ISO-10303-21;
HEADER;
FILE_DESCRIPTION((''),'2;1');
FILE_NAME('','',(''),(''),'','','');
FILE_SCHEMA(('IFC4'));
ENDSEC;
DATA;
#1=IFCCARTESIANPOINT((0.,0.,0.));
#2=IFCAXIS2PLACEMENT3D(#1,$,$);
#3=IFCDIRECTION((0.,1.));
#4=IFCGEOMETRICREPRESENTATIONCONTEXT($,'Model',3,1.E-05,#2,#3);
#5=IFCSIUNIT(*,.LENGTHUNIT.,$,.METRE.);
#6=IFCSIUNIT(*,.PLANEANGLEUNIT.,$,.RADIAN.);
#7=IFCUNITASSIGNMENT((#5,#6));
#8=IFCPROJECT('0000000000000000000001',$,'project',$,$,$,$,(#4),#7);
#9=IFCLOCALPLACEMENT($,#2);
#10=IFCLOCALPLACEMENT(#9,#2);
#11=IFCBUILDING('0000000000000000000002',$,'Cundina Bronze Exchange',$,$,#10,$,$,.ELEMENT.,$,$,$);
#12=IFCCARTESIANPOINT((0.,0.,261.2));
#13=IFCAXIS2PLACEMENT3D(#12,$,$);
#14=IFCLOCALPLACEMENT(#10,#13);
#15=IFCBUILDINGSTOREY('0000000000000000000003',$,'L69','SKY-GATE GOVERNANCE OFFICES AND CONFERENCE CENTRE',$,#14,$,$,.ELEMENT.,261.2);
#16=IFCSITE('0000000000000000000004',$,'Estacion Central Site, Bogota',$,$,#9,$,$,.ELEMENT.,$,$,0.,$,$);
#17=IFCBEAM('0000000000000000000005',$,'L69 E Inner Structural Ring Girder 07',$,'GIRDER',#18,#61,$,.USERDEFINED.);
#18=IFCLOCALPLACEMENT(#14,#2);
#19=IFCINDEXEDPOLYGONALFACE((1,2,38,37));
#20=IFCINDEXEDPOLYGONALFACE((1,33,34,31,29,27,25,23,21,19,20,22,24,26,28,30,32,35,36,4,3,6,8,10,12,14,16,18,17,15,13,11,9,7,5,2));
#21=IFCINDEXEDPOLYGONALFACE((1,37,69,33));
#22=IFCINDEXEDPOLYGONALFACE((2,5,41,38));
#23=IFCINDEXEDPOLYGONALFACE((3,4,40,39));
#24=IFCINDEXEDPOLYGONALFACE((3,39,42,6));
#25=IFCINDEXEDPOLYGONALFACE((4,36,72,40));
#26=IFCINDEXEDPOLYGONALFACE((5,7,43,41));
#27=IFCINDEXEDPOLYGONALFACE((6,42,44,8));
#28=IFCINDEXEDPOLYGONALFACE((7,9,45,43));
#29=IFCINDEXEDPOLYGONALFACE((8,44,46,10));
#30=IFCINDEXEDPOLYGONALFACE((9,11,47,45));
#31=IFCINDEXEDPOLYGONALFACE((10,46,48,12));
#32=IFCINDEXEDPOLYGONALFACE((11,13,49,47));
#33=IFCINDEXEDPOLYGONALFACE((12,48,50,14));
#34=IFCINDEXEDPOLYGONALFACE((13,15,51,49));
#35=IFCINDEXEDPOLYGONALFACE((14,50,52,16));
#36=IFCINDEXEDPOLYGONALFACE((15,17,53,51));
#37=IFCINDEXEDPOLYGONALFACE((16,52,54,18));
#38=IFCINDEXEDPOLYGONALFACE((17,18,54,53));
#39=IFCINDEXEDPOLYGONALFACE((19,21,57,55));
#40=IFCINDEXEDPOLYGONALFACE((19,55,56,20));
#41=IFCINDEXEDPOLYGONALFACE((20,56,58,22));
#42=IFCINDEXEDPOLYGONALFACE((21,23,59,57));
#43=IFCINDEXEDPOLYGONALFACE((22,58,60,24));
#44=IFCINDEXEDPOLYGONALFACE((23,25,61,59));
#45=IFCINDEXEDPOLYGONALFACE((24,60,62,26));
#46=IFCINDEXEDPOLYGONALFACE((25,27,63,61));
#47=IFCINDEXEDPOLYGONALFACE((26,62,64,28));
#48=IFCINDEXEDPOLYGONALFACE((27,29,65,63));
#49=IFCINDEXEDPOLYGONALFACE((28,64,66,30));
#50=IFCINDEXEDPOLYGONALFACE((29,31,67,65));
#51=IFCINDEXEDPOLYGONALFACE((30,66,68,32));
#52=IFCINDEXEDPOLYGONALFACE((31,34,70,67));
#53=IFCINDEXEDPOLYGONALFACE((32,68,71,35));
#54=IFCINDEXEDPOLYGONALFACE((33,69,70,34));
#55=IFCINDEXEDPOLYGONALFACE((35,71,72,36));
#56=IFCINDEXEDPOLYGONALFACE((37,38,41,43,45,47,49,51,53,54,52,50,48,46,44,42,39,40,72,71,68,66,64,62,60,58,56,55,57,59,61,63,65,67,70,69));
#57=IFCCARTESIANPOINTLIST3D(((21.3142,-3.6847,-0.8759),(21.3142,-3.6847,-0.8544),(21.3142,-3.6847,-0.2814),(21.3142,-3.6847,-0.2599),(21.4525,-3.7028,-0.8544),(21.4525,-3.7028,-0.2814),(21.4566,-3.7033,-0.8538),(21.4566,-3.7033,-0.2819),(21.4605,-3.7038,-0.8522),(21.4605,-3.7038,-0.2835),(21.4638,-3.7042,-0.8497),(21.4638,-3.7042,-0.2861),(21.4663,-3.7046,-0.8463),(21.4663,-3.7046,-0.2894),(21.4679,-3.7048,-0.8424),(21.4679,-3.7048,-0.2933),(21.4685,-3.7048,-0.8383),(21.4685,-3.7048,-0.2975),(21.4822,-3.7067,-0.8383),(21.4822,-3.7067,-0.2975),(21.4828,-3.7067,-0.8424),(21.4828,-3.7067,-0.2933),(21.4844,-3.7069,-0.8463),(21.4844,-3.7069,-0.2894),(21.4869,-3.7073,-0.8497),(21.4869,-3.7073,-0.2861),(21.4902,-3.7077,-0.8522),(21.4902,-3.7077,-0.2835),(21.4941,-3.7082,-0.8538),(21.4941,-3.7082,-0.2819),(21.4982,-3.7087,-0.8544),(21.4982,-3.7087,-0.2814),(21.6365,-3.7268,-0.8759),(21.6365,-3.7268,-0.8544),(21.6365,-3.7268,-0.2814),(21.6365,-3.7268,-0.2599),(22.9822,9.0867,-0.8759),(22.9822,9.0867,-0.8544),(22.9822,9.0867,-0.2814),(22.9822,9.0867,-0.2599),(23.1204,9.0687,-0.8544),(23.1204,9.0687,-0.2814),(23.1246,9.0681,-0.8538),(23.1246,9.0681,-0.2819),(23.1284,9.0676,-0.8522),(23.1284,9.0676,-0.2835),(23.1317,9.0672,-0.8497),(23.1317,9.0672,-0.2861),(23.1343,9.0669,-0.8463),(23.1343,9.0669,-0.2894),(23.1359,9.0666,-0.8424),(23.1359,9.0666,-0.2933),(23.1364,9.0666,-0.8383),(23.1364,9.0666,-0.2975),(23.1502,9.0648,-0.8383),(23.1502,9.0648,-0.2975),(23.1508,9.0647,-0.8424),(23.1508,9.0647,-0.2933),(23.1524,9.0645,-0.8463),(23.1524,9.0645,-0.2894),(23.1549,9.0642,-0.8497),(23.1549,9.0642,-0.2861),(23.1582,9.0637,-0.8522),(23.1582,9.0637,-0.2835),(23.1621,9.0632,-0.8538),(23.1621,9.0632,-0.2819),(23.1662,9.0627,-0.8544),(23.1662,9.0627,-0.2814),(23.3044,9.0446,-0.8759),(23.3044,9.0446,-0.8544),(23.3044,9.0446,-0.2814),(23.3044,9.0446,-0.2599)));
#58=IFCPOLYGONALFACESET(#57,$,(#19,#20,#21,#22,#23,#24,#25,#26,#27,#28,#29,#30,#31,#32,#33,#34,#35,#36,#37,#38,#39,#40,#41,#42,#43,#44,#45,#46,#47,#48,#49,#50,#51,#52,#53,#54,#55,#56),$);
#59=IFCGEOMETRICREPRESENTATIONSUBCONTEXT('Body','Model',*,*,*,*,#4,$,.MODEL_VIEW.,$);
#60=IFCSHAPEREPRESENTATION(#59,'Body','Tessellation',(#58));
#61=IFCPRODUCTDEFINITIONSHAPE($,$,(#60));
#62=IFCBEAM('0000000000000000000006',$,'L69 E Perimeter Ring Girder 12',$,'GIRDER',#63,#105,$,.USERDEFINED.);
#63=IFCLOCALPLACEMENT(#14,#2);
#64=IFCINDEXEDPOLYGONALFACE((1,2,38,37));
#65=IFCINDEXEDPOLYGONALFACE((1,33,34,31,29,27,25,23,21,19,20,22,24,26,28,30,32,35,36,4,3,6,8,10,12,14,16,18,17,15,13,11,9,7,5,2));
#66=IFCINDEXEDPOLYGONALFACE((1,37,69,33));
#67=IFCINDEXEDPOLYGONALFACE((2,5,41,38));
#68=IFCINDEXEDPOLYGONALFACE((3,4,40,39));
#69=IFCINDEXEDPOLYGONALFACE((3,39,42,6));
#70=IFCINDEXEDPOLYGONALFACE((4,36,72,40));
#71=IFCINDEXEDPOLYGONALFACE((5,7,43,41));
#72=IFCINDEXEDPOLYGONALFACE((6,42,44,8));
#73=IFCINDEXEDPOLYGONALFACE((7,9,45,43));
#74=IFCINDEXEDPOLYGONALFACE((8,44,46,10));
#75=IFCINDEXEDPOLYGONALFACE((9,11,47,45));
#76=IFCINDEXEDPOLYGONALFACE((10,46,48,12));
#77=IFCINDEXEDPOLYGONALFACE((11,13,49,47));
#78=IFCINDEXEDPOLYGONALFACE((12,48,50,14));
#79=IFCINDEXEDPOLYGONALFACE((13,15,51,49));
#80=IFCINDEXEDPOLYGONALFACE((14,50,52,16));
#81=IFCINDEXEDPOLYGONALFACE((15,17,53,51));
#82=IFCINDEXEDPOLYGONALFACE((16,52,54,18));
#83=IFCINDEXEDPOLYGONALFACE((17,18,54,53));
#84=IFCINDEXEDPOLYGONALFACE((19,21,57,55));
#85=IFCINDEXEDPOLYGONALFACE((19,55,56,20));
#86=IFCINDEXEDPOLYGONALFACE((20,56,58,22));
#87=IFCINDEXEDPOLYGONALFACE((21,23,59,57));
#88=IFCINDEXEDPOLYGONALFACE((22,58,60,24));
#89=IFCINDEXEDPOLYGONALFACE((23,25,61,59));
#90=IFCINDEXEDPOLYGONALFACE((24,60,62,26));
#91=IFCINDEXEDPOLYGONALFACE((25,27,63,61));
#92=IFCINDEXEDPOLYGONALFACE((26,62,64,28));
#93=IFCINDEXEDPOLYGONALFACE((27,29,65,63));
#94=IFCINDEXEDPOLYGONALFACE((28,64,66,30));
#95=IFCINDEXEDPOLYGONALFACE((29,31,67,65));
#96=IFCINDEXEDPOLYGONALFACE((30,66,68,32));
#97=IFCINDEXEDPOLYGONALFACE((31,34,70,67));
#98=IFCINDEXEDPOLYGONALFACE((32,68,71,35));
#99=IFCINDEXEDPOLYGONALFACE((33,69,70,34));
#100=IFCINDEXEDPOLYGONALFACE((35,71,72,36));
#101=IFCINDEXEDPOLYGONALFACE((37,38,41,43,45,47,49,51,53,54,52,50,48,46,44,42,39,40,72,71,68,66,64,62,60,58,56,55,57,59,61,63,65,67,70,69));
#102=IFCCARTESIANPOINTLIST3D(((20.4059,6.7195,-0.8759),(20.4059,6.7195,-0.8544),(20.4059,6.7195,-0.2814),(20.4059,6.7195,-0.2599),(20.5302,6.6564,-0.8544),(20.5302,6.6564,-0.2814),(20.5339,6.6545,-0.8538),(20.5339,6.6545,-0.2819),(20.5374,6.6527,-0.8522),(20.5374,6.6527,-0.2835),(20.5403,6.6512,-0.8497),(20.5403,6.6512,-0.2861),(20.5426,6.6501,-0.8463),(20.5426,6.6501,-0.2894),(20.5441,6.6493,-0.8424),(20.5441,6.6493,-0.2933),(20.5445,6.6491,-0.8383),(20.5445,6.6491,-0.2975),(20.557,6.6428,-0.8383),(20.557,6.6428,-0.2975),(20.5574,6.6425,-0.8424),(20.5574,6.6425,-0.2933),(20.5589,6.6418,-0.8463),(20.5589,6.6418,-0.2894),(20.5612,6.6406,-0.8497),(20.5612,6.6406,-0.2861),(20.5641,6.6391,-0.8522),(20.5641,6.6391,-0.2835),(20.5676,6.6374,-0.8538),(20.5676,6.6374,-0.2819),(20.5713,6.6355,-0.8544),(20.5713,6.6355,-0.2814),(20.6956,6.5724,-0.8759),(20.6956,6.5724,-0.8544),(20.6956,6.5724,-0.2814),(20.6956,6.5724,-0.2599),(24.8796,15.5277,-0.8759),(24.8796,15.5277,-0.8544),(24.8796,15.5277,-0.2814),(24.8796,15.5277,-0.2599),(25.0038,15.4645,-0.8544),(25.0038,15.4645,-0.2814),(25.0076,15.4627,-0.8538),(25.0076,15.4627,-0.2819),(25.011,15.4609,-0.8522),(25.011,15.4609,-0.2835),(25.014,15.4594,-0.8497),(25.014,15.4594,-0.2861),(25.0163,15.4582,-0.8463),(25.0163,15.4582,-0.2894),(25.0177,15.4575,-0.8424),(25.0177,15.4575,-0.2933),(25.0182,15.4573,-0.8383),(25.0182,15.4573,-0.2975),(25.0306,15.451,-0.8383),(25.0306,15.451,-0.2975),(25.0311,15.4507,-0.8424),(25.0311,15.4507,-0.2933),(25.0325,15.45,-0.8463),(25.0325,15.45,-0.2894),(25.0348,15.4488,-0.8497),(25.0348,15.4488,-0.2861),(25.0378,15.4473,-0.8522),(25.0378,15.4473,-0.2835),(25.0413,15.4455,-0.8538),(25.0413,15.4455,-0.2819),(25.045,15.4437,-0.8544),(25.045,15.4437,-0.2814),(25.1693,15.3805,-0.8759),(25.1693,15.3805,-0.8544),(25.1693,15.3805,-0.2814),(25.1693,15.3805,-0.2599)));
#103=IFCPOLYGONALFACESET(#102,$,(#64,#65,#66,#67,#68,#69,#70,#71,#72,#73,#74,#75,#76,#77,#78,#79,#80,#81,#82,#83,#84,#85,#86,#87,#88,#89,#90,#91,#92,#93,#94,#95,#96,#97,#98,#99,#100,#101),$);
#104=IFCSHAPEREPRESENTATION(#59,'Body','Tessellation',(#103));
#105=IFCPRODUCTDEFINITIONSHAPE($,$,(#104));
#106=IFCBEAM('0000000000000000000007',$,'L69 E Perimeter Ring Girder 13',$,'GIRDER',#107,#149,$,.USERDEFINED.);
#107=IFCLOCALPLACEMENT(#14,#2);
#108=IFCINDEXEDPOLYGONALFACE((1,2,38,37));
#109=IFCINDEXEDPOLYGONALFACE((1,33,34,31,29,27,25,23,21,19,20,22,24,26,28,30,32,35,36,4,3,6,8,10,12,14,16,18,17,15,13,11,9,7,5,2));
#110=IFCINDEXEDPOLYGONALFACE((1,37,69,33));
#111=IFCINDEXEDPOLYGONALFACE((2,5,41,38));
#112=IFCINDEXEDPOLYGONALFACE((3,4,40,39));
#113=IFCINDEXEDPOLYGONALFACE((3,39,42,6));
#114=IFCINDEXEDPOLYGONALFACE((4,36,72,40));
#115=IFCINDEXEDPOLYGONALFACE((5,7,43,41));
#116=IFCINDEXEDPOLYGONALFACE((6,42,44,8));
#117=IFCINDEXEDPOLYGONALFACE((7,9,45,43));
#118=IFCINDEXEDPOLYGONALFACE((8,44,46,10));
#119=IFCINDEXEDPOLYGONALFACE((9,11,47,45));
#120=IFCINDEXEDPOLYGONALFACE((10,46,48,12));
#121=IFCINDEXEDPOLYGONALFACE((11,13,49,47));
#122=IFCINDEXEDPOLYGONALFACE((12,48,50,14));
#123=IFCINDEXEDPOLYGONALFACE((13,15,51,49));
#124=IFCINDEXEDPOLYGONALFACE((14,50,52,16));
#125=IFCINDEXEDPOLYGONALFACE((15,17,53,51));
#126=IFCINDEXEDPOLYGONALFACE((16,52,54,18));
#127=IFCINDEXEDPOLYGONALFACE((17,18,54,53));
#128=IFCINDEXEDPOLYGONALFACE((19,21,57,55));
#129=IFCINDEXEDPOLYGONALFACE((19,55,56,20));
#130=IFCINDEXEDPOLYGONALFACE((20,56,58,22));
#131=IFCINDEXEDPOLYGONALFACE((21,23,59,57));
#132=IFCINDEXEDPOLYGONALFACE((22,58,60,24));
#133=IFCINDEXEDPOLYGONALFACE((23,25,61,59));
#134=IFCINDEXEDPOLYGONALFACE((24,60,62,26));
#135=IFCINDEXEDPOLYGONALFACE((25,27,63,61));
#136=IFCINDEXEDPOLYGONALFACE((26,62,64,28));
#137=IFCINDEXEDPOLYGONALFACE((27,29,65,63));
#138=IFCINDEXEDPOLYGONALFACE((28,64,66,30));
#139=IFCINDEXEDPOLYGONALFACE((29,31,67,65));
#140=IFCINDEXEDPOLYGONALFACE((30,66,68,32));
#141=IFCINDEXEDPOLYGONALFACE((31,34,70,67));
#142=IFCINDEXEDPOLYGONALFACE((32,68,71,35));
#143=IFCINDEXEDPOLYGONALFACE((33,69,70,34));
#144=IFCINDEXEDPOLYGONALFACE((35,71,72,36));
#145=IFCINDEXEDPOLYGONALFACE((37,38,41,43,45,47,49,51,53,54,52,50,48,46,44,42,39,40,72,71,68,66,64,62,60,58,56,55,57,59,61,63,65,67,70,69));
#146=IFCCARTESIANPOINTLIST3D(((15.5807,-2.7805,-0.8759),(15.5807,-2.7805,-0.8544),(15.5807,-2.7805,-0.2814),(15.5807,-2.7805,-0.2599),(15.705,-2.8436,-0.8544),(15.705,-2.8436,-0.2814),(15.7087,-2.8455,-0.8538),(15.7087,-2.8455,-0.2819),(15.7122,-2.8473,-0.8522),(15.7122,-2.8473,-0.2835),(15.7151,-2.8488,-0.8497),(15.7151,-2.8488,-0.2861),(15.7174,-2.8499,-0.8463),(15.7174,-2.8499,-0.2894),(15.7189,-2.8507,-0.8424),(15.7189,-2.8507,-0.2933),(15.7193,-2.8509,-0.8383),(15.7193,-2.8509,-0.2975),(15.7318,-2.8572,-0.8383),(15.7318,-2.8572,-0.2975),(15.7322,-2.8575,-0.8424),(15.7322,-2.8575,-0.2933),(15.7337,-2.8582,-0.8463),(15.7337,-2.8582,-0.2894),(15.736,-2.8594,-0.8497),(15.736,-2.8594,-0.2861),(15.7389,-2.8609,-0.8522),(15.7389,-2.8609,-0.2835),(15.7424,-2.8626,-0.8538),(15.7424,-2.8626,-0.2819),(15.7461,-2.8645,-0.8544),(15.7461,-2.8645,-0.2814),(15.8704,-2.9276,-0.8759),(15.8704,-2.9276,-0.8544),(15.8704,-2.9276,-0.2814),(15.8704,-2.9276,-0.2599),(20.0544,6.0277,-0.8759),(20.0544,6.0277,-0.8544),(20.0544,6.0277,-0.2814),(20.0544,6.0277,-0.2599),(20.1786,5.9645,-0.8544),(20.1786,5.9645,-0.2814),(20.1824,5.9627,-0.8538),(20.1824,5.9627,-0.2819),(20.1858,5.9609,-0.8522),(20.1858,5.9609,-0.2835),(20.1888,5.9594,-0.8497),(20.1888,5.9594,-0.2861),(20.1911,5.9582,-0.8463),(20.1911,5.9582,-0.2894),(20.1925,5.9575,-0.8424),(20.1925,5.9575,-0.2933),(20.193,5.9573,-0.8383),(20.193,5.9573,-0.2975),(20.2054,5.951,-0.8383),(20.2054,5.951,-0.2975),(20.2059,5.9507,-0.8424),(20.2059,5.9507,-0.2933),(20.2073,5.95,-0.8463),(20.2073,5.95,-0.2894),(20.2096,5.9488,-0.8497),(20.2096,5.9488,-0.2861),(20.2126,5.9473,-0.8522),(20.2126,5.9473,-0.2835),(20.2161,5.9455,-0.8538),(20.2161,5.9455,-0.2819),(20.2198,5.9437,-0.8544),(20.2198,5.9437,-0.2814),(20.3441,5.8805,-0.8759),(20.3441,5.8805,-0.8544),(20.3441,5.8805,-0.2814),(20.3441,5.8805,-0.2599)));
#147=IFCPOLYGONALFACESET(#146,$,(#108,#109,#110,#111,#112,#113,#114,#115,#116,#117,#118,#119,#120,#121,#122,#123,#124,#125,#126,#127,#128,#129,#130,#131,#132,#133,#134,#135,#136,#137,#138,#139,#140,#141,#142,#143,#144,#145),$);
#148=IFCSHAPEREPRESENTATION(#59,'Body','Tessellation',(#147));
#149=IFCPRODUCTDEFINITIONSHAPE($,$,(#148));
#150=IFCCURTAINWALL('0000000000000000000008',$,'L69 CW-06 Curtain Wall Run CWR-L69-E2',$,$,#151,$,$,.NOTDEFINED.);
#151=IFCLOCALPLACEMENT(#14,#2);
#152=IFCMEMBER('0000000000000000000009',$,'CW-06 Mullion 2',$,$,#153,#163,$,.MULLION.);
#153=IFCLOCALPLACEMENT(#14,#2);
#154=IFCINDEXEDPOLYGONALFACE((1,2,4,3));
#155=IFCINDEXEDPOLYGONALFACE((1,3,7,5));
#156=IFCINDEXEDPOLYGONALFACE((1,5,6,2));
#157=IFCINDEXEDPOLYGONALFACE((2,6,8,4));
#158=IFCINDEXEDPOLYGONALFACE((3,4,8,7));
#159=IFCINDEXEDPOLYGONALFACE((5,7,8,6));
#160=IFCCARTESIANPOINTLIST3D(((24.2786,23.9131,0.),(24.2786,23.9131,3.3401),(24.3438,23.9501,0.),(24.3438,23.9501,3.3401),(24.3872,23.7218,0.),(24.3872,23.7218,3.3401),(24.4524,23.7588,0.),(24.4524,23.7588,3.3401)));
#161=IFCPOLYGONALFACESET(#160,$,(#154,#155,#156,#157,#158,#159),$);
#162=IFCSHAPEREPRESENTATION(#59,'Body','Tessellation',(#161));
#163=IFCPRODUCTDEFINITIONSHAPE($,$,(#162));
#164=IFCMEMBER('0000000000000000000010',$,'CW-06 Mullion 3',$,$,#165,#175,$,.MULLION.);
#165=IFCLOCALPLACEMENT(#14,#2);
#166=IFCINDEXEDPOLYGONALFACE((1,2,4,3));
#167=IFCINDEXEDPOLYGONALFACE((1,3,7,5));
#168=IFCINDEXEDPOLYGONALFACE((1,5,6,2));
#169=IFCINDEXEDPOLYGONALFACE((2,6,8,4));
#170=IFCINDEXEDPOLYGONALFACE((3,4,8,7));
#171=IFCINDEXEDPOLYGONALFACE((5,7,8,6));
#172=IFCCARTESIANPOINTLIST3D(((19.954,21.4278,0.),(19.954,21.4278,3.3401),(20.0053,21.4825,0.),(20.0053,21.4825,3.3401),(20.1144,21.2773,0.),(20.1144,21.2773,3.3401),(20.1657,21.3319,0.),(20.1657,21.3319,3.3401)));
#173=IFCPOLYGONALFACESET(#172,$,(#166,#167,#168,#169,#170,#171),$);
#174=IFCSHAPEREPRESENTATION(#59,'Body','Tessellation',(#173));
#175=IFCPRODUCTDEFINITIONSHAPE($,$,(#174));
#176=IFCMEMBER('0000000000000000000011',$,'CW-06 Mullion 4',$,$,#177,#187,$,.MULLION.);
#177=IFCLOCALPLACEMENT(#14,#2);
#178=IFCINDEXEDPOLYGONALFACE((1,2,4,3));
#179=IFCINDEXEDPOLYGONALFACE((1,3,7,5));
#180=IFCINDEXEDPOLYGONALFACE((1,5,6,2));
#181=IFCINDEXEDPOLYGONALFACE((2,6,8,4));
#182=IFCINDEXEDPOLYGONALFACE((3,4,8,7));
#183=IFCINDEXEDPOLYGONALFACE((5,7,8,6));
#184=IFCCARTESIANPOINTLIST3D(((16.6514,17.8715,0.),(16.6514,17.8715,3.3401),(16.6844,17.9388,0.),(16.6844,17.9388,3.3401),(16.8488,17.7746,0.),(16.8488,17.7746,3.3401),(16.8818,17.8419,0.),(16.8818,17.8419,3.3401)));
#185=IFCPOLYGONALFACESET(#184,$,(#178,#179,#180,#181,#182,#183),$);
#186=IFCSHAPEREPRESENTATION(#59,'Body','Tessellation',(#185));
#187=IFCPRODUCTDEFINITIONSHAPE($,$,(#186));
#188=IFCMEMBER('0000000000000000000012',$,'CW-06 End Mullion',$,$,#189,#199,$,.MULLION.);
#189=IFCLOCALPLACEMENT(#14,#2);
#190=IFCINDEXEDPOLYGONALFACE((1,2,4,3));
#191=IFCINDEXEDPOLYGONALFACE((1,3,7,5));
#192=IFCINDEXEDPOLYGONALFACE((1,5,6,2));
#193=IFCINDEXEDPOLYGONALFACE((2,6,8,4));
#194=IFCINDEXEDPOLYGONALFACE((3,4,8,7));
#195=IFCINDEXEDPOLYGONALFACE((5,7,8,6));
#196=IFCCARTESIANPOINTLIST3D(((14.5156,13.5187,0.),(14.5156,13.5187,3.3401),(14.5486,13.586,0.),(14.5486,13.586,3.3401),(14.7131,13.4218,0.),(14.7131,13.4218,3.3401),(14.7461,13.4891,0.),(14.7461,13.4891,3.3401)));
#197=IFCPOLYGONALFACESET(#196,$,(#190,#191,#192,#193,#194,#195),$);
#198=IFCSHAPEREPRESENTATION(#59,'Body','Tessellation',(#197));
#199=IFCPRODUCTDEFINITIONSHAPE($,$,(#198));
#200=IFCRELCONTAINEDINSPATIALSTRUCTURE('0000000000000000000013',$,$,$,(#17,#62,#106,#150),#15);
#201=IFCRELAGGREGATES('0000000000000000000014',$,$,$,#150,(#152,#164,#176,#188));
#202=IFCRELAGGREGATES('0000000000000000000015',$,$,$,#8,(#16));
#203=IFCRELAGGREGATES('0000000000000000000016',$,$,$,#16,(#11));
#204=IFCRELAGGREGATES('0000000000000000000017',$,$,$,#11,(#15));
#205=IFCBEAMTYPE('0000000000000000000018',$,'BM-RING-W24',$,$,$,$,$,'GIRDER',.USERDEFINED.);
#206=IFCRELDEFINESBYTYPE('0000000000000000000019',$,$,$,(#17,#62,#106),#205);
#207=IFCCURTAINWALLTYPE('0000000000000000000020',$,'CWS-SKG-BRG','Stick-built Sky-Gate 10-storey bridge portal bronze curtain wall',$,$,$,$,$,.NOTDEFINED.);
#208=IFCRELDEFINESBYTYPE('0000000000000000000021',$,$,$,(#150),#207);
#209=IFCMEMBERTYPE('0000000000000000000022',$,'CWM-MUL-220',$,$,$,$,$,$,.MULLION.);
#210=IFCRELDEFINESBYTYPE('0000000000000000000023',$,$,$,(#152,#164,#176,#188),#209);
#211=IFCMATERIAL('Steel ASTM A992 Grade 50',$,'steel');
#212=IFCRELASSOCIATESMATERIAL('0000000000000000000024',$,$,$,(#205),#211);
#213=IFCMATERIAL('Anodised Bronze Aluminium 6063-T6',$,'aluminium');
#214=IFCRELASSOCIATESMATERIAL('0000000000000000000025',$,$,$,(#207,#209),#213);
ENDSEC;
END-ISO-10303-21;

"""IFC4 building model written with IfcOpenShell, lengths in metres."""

from ifc_helpers import new_model, si_unit, direction, frame, origin, origin_2d, place, context, subcontext, project, spatial, rectangle, i_section, extrude, material, material_profile, profile_set, type_object, element, aggregate, save


model = new_model("IFC4")

# Units and contexts
model_context = context("Model", 3, precision=1e-05, world=origin(), true_north=direction((0.0, 1.0)))
body_context = subcontext(model_context, "Body", "Model", "MODEL_VIEW")
ifc_project = project(units=[si_unit("LENGTHUNIT", "METRE"), si_unit("PLANEANGLEUNIT", "RADIAN")], contexts=[model_context])

# Site, building, storey
site_placement = place(None, origin())
site = spatial("IfcSite", under=ifc_project, at=site_placement, Name="Estacion Central Site, Bogota", CompositionType="ELEMENT", RefElevation=0.0)
building_placement = place(site_placement, origin())
building = spatial("IfcBuilding", under=site, at=building_placement, Name="Cundina Bronze Exchange", CompositionType="ELEMENT")
storey_placement = place(building_placement, frame((0.0, 0.0, 261.2)))
storey = spatial("IfcBuildingStorey", under=building, at=storey_placement, Name="L69", Description="SKY-GATE GOVERNANCE OFFICES AND CONFERENCE CENTRE", CompositionType="ELEMENT", Elevation=261.2)

# Beams
ifc_material_1 = material(Name="Steel ASTM A992 Grade 50", Category="steel")
ifc_material_profile_1 = material_profile(ifc_material_1, i_section(OverallWidth=0.325, OverallDepth=0.616, WebThickness=0.0139, FlangeThickness=0.0215, FilletRadius=0.0161, at=origin_2d()), Name="W24X117", Category="steel")
ifc_profile_set_1 = profile_set([ifc_material_profile_1], Name="Steel ASTM A992 Grade 50")
beam_type_1 = type_object("IfcBeamType", Name="BM-RING-W24", ElementType="GIRDER", PredefinedType="USERDEFINED", material=ifc_profile_set_1)
beam_placement = place(storey_placement, frame((23.1433, 9.0657, -0.5679), z_axis=(-0.129501, -0.991579, 0.0), x_axis=(0.991579, -0.129501, 0.0)))
element("IfcBeam", 1, at=beam_placement, inside=storey, type_object=beam_type_1, Name="L69 E Inner Structural Ring Girder 07", ObjectType="GIRDER", PredefinedType="USERDEFINED", context=body_context, shape_type="SweptSolid", body=[
    extrude(i_section(OverallWidth=0.325, OverallDepth=0.616, WebThickness=0.0139, FlangeThickness=0.0215, FilletRadius=0.0161, at=origin_2d()), origin(), (0.0, 0.0, 1.0), 12.8799),
])
for number, where, z_axis, x_axis, name in (
    (2, (25.0244, 15.4541, -0.5679), (-0.452839, -0.891592, 0.0), (0.891592, -0.452839, 0.0), "L69 E Perimeter Ring Girder 12"),
    (3, (20.1992, 5.9541, -0.5679), (-0.452839, -0.891592, 0.0), (0.891592, -0.452839, 0.0), "L69 E Perimeter Ring Girder 13"),
):
    element("IfcBeam", number, at=place(storey_placement, frame(where, z_axis=z_axis, x_axis=x_axis)), inside=storey, type_object=beam_type_1, Name=name, ObjectType="GIRDER", PredefinedType="USERDEFINED", context=body_context, shape_type="SweptSolid", body=[
        extrude(i_section(OverallWidth=0.325, OverallDepth=0.616, WebThickness=0.0139, FlangeThickness=0.0215, FilletRadius=0.0161, at=origin_2d()), origin(), (0.0, 0.0, 1.0), 9.8792),
    ])

# Curtain wall, members
ifc_material_2 = material(Name="Anodised Bronze Aluminium 6063-T6", Category="aluminium")
curtain_wall_type = type_object("IfcCurtainWallType", Name="CWS-SKG-BRG", Description="Stick-built Sky-Gate 10-storey bridge portal bronze curtain wall", PredefinedType="NOTDEFINED", material=ifc_material_2)
curtain_wall_1_placement = place(storey_placement, origin())
curtain_wall_1 = element("IfcCurtainWall", 4, at=curtain_wall_1_placement, inside=storey, type_object=curtain_wall_type, Name="L69 CW-06 Curtain Wall Run CWR-L69-E2", PredefinedType="NOTDEFINED")
ifc_material_profile_2 = material_profile(ifc_material_2, rectangle(XDim=0.075, YDim=0.22, at=origin_2d()), Name="AL75X220", Category="aluminium")
ifc_profile_set_2 = profile_set([ifc_material_profile_2], Name="Anodised Bronze Aluminium 6063-T6")
member_type_1 = type_object("IfcMemberType", Name="CWM-MUL-220", PredefinedType="MULLION", material=ifc_profile_set_2)
member_1_placement = place(storey_placement, frame((24.3655, 23.8359, 0.0), z_axis=(0.0, 0.0, 1.0), x_axis=(-0.869581, -0.49379, 0.0)))
member_1 = element("IfcMember", 5, at=member_1_placement, type_object=member_type_1, Name="CW-06 Mullion 2", PredefinedType="MULLION", context=body_context, shape_type="SweptSolid", body=[
    extrude(rectangle(XDim=0.075, YDim=0.22, at=origin_2d()), origin(), (0.0, 0.0, 1.0), 3.3401),
])
member_2_placement = place(storey_placement, frame((20.0598, 21.3799, 0.0), z_axis=(0.0, 0.0, 1.0), x_axis=(-0.684293, -0.729208, 0.0)))
member_2 = element("IfcMember", 6, at=member_2_placement, type_object=member_type_1, Name="CW-06 Mullion 3", PredefinedType="MULLION", context=body_context, shape_type="SweptSolid", body=[
    extrude(rectangle(XDim=0.075, YDim=0.22, at=origin_2d()), origin(), (0.0, 0.0, 1.0), 3.3401),
])
member_3_placement = place(storey_placement, frame((16.7666, 17.8567, 0.0), z_axis=(0.0, 0.0, 1.0), x_axis=(-0.440566, -0.89772, 0.0)))
member_3 = element("IfcMember", 7, at=member_3_placement, type_object=member_type_1, Name="CW-06 Mullion 4", PredefinedType="MULLION", context=body_context, shape_type="SweptSolid", body=[
    extrude(rectangle(XDim=0.075, YDim=0.22, at=origin_2d()), origin(), (0.0, 0.0, 1.0), 3.3401),
])
member_4_placement = place(storey_placement, frame((14.6309, 13.5039, 0.0), z_axis=(0.0, 0.0, 1.0), x_axis=(-0.440566, -0.89772, 0.0)))
member_4 = element("IfcMember", 8, at=member_4_placement, type_object=member_type_1, Name="CW-06 End Mullion", PredefinedType="MULLION", context=body_context, shape_type="SweptSolid", body=[
    extrude(rectangle(XDim=0.075, YDim=0.22, at=origin_2d()), origin(), (0.0, 0.0, 1.0), 3.3401),
])

aggregate(curtain_wall_1, [member_1, member_2, member_3, member_4])

save(model, "model.ifc")
